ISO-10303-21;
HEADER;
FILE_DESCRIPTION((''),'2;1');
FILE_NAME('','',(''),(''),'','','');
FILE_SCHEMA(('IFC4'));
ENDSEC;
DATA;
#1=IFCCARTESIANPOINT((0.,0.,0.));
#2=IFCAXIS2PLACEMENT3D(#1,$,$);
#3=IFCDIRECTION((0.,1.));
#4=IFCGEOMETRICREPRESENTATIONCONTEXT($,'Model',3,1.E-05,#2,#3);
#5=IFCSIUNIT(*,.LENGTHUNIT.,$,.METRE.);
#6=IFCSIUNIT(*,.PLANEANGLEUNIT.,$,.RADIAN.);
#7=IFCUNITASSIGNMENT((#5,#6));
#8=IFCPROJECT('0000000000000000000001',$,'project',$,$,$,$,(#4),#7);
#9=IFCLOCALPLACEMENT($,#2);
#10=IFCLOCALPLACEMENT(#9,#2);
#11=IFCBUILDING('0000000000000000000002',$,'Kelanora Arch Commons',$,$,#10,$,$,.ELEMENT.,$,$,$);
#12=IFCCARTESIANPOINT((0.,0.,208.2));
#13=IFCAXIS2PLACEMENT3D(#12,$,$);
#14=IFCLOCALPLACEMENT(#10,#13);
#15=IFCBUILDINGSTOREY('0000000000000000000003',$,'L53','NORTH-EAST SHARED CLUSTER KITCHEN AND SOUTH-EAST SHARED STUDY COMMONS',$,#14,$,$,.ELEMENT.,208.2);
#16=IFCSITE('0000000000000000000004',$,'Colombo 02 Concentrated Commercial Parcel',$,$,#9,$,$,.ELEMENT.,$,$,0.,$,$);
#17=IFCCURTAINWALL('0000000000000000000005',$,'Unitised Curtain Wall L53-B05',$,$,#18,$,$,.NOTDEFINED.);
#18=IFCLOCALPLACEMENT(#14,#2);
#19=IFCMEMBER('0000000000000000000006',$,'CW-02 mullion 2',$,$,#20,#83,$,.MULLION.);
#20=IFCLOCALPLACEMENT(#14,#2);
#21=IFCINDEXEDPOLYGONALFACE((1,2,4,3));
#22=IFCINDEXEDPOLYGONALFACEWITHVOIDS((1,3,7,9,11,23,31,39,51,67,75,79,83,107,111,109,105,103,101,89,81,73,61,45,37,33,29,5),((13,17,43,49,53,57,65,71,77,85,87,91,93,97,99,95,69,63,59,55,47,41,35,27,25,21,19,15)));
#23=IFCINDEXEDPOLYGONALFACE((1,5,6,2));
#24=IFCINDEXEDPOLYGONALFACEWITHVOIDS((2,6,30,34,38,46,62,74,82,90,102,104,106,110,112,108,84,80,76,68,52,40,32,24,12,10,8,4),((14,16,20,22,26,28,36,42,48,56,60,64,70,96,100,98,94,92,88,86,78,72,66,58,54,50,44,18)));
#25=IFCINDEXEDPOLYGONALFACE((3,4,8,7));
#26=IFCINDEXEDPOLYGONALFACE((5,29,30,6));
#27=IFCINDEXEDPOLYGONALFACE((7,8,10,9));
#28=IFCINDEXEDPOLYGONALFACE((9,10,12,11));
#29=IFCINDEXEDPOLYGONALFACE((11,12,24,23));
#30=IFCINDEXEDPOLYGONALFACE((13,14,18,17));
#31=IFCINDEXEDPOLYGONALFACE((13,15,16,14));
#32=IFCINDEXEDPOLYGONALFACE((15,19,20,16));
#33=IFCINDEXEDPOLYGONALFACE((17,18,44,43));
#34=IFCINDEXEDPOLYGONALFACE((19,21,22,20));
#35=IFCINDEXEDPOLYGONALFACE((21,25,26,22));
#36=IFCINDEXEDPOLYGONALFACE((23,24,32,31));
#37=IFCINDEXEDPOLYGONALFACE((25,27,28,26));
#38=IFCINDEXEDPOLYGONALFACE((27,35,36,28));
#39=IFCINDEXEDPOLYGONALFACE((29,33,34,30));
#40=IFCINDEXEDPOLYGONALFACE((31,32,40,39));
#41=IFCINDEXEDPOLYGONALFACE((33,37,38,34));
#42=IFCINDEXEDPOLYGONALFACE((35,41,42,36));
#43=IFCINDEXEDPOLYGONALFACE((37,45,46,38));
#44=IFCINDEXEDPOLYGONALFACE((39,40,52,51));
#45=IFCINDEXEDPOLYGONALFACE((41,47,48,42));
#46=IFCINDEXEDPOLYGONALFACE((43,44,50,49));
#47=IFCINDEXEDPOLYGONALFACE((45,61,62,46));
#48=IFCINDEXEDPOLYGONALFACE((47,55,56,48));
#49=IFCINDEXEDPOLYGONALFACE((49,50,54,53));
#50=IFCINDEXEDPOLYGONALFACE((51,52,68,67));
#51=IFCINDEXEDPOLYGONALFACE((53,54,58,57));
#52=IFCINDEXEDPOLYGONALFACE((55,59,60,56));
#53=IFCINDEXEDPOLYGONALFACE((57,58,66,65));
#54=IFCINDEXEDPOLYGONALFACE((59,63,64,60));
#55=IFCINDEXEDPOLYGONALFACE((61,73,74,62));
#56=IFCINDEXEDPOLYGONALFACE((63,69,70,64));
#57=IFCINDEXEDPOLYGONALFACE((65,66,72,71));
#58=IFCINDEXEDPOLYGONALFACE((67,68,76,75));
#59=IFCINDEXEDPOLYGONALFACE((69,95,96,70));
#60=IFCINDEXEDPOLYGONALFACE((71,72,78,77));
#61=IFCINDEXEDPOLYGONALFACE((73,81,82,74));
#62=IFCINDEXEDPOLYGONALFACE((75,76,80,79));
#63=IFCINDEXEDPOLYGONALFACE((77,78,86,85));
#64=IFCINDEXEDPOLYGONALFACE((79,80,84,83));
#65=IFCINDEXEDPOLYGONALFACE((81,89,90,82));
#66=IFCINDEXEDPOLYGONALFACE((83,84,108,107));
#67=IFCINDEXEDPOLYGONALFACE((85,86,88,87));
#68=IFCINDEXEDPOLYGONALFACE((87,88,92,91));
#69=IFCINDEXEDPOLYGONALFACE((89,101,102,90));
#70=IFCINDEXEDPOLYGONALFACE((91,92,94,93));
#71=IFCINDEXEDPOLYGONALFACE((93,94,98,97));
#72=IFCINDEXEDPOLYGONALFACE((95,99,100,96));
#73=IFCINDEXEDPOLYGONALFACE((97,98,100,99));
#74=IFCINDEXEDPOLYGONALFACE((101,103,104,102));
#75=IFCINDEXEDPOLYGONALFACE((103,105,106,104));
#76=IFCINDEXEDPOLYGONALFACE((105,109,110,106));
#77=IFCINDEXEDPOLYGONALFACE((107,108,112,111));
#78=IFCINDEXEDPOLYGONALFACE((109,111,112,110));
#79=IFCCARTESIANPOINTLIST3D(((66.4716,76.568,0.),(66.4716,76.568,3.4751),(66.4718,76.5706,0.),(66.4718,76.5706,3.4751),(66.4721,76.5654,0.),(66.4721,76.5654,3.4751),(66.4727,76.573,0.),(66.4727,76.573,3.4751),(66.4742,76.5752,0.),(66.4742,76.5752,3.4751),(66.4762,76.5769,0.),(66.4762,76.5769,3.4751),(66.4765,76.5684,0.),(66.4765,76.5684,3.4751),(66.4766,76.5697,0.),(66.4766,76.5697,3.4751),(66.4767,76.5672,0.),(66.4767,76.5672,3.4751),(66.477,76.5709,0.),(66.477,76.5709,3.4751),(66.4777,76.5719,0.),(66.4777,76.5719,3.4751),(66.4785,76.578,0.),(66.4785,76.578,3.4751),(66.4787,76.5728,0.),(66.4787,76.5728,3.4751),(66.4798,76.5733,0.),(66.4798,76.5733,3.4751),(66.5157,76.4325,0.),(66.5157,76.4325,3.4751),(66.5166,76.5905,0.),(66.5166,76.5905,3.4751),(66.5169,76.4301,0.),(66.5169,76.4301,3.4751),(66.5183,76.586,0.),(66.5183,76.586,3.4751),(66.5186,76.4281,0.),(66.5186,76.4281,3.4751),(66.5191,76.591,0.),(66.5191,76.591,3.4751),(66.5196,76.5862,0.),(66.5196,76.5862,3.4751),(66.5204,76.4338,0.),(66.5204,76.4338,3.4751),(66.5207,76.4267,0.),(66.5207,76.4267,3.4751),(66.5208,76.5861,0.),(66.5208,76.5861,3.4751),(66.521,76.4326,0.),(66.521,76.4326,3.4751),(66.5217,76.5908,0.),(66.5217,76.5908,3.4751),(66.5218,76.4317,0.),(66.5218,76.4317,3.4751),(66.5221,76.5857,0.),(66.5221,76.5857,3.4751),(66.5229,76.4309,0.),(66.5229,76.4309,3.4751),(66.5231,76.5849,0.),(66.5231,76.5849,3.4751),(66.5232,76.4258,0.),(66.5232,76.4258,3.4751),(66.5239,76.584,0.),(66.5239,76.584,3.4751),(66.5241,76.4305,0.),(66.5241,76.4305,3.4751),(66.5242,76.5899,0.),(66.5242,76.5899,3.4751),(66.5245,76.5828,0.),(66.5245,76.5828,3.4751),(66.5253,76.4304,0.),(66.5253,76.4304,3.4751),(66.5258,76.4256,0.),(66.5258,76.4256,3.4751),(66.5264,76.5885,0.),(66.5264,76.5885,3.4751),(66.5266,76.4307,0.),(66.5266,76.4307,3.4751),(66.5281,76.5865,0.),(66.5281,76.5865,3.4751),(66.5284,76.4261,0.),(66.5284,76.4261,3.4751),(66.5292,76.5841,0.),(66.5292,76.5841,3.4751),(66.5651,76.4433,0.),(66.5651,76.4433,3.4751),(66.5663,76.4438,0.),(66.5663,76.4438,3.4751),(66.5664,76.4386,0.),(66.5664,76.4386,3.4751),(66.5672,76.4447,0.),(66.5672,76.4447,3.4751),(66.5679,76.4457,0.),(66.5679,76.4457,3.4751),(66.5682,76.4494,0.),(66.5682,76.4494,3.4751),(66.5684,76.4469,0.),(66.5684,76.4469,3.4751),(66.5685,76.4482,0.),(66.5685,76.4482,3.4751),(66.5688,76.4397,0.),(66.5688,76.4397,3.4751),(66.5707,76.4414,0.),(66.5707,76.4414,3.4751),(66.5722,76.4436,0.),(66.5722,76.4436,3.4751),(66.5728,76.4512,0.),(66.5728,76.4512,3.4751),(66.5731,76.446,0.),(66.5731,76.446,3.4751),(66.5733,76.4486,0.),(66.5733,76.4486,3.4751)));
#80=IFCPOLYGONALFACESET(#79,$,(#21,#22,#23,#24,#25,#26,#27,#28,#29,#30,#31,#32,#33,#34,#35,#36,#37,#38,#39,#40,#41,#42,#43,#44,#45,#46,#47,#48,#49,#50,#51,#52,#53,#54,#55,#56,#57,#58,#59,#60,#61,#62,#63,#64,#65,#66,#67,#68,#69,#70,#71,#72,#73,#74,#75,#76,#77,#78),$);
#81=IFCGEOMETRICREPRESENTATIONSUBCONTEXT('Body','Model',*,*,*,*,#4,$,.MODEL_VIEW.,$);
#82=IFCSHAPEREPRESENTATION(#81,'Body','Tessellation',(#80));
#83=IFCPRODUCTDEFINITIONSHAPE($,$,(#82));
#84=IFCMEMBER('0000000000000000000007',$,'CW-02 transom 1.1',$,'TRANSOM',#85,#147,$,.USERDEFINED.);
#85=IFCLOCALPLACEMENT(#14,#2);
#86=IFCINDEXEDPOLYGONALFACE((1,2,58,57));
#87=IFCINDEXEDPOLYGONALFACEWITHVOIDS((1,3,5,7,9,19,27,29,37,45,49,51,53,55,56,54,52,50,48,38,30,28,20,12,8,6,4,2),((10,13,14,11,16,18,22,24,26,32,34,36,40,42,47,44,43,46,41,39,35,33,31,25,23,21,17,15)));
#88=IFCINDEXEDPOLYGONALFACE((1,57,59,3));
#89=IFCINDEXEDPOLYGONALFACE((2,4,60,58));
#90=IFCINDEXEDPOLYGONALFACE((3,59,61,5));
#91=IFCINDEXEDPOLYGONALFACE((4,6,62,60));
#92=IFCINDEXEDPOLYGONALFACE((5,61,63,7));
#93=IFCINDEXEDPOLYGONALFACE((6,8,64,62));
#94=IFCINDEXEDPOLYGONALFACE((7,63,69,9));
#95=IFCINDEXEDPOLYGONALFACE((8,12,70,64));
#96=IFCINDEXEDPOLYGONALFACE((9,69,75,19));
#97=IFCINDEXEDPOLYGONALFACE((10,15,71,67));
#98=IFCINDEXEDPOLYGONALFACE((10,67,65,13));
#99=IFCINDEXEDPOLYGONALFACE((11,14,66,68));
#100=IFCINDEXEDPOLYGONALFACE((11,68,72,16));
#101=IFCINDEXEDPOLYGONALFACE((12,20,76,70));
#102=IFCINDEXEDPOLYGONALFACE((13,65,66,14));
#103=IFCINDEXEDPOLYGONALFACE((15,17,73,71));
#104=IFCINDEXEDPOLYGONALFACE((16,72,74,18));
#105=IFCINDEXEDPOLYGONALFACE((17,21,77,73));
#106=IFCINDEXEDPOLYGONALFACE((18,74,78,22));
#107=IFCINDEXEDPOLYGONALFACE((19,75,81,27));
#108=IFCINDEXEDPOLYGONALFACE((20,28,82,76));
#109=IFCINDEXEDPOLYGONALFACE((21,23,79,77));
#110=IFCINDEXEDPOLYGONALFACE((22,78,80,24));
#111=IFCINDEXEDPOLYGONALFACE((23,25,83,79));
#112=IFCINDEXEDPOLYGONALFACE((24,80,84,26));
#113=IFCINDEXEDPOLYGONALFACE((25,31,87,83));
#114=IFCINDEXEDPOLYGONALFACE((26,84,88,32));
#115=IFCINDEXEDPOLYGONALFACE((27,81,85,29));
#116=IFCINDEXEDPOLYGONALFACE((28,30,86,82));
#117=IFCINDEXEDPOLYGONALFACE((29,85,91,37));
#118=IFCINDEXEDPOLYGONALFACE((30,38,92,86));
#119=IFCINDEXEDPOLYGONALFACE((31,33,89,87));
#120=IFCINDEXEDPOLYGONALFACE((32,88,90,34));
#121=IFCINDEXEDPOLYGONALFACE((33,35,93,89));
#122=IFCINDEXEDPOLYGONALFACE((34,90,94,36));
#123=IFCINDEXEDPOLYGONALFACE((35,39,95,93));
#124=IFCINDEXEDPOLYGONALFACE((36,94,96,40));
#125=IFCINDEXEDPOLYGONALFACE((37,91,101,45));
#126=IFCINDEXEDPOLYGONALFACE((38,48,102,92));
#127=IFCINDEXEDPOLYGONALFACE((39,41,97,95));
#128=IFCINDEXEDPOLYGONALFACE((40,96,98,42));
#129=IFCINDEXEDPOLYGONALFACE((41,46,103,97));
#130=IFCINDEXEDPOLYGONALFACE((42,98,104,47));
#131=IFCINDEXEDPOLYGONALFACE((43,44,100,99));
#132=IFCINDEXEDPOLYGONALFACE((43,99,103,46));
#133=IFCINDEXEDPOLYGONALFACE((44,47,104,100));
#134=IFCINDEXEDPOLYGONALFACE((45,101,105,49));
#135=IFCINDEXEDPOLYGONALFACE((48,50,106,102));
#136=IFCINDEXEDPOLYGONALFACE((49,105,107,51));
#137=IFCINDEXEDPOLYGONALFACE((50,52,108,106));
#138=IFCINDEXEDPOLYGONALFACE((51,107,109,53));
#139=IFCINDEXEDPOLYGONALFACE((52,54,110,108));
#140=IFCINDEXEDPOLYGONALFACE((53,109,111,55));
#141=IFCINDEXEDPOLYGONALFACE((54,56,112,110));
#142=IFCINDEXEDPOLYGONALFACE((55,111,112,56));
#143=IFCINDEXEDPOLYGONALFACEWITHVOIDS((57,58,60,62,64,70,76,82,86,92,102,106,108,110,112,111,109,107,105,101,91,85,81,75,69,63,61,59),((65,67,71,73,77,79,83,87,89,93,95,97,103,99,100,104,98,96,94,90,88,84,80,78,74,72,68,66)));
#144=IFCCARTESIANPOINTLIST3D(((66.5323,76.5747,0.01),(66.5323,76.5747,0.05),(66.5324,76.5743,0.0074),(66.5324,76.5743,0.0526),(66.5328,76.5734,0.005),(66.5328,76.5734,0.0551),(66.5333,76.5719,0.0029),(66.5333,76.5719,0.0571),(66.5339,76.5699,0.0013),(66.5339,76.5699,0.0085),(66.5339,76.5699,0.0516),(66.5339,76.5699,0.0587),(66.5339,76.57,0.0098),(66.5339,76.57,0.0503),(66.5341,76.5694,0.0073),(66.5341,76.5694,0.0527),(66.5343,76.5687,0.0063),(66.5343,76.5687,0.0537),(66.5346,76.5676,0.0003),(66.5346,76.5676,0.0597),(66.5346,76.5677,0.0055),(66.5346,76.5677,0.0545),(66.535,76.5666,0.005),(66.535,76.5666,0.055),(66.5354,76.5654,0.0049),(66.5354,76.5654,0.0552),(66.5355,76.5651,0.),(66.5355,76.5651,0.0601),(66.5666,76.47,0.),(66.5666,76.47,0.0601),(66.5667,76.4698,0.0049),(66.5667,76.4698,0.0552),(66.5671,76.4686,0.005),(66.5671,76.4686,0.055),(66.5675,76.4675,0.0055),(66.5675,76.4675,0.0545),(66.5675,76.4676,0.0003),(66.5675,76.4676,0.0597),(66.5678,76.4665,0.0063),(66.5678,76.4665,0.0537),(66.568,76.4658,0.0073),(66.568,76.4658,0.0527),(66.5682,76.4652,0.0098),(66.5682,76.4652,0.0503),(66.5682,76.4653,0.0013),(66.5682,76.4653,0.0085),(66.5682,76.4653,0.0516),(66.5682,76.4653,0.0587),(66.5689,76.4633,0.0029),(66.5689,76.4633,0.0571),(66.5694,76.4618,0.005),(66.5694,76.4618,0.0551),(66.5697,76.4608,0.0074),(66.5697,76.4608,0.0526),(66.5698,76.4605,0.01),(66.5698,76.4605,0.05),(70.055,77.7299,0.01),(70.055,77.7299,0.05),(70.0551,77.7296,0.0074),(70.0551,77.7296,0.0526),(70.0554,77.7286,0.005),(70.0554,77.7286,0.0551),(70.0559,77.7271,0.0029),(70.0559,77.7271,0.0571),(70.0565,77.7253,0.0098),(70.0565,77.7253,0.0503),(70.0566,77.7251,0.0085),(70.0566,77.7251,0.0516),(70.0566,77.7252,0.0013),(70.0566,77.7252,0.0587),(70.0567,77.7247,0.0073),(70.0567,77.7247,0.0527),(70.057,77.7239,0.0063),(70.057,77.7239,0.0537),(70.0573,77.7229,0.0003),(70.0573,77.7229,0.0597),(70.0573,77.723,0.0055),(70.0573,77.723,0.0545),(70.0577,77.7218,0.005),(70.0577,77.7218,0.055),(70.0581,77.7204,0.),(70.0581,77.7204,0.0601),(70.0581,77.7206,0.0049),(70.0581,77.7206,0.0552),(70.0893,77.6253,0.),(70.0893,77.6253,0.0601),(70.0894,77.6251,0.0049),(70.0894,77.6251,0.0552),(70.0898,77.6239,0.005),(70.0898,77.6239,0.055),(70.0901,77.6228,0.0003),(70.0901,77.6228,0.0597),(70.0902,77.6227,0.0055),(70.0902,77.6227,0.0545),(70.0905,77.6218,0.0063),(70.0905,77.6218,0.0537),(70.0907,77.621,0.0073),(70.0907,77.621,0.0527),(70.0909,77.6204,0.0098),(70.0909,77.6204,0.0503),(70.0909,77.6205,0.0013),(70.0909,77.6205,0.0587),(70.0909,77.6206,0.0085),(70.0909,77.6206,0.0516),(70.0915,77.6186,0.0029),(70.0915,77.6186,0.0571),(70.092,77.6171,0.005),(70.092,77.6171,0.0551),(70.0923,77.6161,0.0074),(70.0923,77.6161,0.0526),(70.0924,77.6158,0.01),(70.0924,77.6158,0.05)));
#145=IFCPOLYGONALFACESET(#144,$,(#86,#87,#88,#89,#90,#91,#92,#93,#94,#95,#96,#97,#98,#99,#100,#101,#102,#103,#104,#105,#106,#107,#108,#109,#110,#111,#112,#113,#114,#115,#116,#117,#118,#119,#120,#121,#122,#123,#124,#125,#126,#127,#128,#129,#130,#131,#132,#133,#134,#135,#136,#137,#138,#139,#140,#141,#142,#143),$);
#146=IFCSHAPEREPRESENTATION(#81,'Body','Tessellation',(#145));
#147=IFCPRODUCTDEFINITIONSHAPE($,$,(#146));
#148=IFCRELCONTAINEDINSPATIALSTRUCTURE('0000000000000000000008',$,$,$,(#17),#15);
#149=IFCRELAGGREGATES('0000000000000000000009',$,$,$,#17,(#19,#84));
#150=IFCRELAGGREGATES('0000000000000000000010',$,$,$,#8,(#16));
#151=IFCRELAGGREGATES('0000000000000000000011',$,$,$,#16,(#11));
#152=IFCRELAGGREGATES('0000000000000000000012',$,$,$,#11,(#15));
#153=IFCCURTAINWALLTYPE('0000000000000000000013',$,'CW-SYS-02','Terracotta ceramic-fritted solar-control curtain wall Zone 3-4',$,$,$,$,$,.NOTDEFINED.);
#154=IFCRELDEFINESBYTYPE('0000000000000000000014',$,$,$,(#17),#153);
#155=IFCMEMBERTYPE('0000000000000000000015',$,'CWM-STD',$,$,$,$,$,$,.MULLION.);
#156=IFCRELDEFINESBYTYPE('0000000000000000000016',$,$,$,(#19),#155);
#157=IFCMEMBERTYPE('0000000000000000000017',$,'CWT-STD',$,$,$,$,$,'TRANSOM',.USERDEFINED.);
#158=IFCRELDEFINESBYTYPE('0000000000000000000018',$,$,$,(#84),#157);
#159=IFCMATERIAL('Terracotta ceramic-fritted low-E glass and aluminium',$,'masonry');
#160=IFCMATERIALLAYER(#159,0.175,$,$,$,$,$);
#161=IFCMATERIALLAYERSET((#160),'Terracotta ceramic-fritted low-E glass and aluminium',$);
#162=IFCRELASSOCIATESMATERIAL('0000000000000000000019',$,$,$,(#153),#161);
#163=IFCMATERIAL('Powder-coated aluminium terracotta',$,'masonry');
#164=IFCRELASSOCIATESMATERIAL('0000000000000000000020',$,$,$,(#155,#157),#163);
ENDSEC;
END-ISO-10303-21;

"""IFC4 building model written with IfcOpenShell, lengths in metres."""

from ifc_helpers import new_model, si_unit, direction, frame, origin, origin_2d, place, context, subcontext, project, spatial, hollow_rectangle, extrude, material, layer, layer_set, material_profile, profile_set, type_object, element, aggregate, save


model = new_model("IFC4")

# Units and contexts
model_context = context("Model", 3, precision=1e-05, world=origin(), true_north=direction((0.0, 1.0)))
body_context = subcontext(model_context, "Body", "Model", "MODEL_VIEW")
ifc_project = project(units=[si_unit("LENGTHUNIT", "METRE"), si_unit("PLANEANGLEUNIT", "RADIAN")], contexts=[model_context])

# Site, building, storey
site_placement = place(None, origin())
site = spatial("IfcSite", under=ifc_project, at=site_placement, Name="Colombo 02 Concentrated Commercial Parcel", CompositionType="ELEMENT", RefElevation=0.0)
building_placement = place(site_placement, origin())
building = spatial("IfcBuilding", under=site, at=building_placement, Name="Kelanora Arch Commons", CompositionType="ELEMENT")
storey_placement = place(building_placement, frame((0.0, 0.0, 208.2)))
storey = spatial("IfcBuildingStorey", under=building, at=storey_placement, Name="L53", Description="NORTH-EAST SHARED CLUSTER KITCHEN AND SOUTH-EAST SHARED STUDY COMMONS", CompositionType="ELEMENT", Elevation=208.2)

# Curtain wall, members
ifc_material_1 = material(Name="Terracotta ceramic-fritted low-E glass and aluminium", Category="masonry")
ifc_layer_1 = layer(ifc_material_1, 0.175)
ifc_layer_set_1 = layer_set([ifc_layer_1], Name="Terracotta ceramic-fritted low-E glass and aluminium")
curtain_wall_type = type_object("IfcCurtainWallType", Name="CW-SYS-02", Description="Terracotta ceramic-fritted solar-control curtain wall Zone 3-4", PredefinedType="NOTDEFINED", material=ifc_layer_set_1)
curtain_wall_placement = place(storey_placement, origin())
curtain_wall = element("IfcCurtainWall", 1, at=curtain_wall_placement, inside=storey, type_object=curtain_wall_type, Name="Unitised Curtain Wall L53-B05", PredefinedType="NOTDEFINED")
ifc_material_2 = material(Name="Powder-coated aluminium terracotta", Category="masonry")
ifc_material_profile_1 = material_profile(ifc_material_2, hollow_rectangle(XDim=0.1599, YDim=0.0601, WallThickness=0.0049, InnerFilletRadius=0.0049, OuterFilletRadius=0.01, at=origin_2d()), Name="CWM160x60")
ifc_profile_set_1 = profile_set([ifc_material_profile_1], Name="Powder-coated aluminium terracotta")
member_type_1 = type_object("IfcMemberType", Name="CWM-STD", PredefinedType="MULLION", material=ifc_profile_set_1)
member_1_placement = place(storey_placement, frame((66.5225, 76.5083, 0.0), z_axis=(0.0, 0.0, 1.0), x_axis=(0.311582, -0.950219, 0.0)))
member_1 = element("IfcMember", 2, at=member_1_placement, type_object=member_type_1, Name="CW-02 mullion 2", PredefinedType="MULLION", context=body_context, shape_type="SweptSolid", body=[
    extrude(hollow_rectangle(XDim=0.1599, YDim=0.0601, WallThickness=0.0049, InnerFilletRadius=0.0049, OuterFilletRadius=0.01, at=origin_2d()), origin(), (0.0, 0.0, 1.0), 3.4751),
])
ifc_material_profile_2 = material_profile(ifc_material_2, hollow_rectangle(XDim=0.1201, YDim=0.0601, WallThickness=0.0049, InnerFilletRadius=0.0049, OuterFilletRadius=0.01, at=origin_2d()), Name="CWT120x60")
ifc_profile_set_2 = profile_set([ifc_material_profile_2], Name="Powder-coated aluminium terracotta")
member_type_2 = type_object("IfcMemberType", Name="CWT-STD", ElementType="TRANSOM", PredefinedType="USERDEFINED", material=ifc_profile_set_2)
member_2_placement = place(storey_placement, frame((70.0737, 77.6729, 0.03), z_axis=(-0.950207, -0.311621, 0.0), x_axis=(0.311621, -0.950207, 0.0)))
member_2 = element("IfcMember", 3, at=member_2_placement, type_object=member_type_2, Name="CW-02 transom 1.1", ObjectType="TRANSOM", PredefinedType="USERDEFINED", context=body_context, shape_type="SweptSolid", body=[
    extrude(hollow_rectangle(XDim=0.1201, YDim=0.0601, WallThickness=0.0049, InnerFilletRadius=0.0049, OuterFilletRadius=0.01, at=origin_2d()), origin(), (0.0, 0.0, 1.0), 3.7073),
])
aggregate(curtain_wall, [member_1, member_2])

save(model, "model.ifc")
